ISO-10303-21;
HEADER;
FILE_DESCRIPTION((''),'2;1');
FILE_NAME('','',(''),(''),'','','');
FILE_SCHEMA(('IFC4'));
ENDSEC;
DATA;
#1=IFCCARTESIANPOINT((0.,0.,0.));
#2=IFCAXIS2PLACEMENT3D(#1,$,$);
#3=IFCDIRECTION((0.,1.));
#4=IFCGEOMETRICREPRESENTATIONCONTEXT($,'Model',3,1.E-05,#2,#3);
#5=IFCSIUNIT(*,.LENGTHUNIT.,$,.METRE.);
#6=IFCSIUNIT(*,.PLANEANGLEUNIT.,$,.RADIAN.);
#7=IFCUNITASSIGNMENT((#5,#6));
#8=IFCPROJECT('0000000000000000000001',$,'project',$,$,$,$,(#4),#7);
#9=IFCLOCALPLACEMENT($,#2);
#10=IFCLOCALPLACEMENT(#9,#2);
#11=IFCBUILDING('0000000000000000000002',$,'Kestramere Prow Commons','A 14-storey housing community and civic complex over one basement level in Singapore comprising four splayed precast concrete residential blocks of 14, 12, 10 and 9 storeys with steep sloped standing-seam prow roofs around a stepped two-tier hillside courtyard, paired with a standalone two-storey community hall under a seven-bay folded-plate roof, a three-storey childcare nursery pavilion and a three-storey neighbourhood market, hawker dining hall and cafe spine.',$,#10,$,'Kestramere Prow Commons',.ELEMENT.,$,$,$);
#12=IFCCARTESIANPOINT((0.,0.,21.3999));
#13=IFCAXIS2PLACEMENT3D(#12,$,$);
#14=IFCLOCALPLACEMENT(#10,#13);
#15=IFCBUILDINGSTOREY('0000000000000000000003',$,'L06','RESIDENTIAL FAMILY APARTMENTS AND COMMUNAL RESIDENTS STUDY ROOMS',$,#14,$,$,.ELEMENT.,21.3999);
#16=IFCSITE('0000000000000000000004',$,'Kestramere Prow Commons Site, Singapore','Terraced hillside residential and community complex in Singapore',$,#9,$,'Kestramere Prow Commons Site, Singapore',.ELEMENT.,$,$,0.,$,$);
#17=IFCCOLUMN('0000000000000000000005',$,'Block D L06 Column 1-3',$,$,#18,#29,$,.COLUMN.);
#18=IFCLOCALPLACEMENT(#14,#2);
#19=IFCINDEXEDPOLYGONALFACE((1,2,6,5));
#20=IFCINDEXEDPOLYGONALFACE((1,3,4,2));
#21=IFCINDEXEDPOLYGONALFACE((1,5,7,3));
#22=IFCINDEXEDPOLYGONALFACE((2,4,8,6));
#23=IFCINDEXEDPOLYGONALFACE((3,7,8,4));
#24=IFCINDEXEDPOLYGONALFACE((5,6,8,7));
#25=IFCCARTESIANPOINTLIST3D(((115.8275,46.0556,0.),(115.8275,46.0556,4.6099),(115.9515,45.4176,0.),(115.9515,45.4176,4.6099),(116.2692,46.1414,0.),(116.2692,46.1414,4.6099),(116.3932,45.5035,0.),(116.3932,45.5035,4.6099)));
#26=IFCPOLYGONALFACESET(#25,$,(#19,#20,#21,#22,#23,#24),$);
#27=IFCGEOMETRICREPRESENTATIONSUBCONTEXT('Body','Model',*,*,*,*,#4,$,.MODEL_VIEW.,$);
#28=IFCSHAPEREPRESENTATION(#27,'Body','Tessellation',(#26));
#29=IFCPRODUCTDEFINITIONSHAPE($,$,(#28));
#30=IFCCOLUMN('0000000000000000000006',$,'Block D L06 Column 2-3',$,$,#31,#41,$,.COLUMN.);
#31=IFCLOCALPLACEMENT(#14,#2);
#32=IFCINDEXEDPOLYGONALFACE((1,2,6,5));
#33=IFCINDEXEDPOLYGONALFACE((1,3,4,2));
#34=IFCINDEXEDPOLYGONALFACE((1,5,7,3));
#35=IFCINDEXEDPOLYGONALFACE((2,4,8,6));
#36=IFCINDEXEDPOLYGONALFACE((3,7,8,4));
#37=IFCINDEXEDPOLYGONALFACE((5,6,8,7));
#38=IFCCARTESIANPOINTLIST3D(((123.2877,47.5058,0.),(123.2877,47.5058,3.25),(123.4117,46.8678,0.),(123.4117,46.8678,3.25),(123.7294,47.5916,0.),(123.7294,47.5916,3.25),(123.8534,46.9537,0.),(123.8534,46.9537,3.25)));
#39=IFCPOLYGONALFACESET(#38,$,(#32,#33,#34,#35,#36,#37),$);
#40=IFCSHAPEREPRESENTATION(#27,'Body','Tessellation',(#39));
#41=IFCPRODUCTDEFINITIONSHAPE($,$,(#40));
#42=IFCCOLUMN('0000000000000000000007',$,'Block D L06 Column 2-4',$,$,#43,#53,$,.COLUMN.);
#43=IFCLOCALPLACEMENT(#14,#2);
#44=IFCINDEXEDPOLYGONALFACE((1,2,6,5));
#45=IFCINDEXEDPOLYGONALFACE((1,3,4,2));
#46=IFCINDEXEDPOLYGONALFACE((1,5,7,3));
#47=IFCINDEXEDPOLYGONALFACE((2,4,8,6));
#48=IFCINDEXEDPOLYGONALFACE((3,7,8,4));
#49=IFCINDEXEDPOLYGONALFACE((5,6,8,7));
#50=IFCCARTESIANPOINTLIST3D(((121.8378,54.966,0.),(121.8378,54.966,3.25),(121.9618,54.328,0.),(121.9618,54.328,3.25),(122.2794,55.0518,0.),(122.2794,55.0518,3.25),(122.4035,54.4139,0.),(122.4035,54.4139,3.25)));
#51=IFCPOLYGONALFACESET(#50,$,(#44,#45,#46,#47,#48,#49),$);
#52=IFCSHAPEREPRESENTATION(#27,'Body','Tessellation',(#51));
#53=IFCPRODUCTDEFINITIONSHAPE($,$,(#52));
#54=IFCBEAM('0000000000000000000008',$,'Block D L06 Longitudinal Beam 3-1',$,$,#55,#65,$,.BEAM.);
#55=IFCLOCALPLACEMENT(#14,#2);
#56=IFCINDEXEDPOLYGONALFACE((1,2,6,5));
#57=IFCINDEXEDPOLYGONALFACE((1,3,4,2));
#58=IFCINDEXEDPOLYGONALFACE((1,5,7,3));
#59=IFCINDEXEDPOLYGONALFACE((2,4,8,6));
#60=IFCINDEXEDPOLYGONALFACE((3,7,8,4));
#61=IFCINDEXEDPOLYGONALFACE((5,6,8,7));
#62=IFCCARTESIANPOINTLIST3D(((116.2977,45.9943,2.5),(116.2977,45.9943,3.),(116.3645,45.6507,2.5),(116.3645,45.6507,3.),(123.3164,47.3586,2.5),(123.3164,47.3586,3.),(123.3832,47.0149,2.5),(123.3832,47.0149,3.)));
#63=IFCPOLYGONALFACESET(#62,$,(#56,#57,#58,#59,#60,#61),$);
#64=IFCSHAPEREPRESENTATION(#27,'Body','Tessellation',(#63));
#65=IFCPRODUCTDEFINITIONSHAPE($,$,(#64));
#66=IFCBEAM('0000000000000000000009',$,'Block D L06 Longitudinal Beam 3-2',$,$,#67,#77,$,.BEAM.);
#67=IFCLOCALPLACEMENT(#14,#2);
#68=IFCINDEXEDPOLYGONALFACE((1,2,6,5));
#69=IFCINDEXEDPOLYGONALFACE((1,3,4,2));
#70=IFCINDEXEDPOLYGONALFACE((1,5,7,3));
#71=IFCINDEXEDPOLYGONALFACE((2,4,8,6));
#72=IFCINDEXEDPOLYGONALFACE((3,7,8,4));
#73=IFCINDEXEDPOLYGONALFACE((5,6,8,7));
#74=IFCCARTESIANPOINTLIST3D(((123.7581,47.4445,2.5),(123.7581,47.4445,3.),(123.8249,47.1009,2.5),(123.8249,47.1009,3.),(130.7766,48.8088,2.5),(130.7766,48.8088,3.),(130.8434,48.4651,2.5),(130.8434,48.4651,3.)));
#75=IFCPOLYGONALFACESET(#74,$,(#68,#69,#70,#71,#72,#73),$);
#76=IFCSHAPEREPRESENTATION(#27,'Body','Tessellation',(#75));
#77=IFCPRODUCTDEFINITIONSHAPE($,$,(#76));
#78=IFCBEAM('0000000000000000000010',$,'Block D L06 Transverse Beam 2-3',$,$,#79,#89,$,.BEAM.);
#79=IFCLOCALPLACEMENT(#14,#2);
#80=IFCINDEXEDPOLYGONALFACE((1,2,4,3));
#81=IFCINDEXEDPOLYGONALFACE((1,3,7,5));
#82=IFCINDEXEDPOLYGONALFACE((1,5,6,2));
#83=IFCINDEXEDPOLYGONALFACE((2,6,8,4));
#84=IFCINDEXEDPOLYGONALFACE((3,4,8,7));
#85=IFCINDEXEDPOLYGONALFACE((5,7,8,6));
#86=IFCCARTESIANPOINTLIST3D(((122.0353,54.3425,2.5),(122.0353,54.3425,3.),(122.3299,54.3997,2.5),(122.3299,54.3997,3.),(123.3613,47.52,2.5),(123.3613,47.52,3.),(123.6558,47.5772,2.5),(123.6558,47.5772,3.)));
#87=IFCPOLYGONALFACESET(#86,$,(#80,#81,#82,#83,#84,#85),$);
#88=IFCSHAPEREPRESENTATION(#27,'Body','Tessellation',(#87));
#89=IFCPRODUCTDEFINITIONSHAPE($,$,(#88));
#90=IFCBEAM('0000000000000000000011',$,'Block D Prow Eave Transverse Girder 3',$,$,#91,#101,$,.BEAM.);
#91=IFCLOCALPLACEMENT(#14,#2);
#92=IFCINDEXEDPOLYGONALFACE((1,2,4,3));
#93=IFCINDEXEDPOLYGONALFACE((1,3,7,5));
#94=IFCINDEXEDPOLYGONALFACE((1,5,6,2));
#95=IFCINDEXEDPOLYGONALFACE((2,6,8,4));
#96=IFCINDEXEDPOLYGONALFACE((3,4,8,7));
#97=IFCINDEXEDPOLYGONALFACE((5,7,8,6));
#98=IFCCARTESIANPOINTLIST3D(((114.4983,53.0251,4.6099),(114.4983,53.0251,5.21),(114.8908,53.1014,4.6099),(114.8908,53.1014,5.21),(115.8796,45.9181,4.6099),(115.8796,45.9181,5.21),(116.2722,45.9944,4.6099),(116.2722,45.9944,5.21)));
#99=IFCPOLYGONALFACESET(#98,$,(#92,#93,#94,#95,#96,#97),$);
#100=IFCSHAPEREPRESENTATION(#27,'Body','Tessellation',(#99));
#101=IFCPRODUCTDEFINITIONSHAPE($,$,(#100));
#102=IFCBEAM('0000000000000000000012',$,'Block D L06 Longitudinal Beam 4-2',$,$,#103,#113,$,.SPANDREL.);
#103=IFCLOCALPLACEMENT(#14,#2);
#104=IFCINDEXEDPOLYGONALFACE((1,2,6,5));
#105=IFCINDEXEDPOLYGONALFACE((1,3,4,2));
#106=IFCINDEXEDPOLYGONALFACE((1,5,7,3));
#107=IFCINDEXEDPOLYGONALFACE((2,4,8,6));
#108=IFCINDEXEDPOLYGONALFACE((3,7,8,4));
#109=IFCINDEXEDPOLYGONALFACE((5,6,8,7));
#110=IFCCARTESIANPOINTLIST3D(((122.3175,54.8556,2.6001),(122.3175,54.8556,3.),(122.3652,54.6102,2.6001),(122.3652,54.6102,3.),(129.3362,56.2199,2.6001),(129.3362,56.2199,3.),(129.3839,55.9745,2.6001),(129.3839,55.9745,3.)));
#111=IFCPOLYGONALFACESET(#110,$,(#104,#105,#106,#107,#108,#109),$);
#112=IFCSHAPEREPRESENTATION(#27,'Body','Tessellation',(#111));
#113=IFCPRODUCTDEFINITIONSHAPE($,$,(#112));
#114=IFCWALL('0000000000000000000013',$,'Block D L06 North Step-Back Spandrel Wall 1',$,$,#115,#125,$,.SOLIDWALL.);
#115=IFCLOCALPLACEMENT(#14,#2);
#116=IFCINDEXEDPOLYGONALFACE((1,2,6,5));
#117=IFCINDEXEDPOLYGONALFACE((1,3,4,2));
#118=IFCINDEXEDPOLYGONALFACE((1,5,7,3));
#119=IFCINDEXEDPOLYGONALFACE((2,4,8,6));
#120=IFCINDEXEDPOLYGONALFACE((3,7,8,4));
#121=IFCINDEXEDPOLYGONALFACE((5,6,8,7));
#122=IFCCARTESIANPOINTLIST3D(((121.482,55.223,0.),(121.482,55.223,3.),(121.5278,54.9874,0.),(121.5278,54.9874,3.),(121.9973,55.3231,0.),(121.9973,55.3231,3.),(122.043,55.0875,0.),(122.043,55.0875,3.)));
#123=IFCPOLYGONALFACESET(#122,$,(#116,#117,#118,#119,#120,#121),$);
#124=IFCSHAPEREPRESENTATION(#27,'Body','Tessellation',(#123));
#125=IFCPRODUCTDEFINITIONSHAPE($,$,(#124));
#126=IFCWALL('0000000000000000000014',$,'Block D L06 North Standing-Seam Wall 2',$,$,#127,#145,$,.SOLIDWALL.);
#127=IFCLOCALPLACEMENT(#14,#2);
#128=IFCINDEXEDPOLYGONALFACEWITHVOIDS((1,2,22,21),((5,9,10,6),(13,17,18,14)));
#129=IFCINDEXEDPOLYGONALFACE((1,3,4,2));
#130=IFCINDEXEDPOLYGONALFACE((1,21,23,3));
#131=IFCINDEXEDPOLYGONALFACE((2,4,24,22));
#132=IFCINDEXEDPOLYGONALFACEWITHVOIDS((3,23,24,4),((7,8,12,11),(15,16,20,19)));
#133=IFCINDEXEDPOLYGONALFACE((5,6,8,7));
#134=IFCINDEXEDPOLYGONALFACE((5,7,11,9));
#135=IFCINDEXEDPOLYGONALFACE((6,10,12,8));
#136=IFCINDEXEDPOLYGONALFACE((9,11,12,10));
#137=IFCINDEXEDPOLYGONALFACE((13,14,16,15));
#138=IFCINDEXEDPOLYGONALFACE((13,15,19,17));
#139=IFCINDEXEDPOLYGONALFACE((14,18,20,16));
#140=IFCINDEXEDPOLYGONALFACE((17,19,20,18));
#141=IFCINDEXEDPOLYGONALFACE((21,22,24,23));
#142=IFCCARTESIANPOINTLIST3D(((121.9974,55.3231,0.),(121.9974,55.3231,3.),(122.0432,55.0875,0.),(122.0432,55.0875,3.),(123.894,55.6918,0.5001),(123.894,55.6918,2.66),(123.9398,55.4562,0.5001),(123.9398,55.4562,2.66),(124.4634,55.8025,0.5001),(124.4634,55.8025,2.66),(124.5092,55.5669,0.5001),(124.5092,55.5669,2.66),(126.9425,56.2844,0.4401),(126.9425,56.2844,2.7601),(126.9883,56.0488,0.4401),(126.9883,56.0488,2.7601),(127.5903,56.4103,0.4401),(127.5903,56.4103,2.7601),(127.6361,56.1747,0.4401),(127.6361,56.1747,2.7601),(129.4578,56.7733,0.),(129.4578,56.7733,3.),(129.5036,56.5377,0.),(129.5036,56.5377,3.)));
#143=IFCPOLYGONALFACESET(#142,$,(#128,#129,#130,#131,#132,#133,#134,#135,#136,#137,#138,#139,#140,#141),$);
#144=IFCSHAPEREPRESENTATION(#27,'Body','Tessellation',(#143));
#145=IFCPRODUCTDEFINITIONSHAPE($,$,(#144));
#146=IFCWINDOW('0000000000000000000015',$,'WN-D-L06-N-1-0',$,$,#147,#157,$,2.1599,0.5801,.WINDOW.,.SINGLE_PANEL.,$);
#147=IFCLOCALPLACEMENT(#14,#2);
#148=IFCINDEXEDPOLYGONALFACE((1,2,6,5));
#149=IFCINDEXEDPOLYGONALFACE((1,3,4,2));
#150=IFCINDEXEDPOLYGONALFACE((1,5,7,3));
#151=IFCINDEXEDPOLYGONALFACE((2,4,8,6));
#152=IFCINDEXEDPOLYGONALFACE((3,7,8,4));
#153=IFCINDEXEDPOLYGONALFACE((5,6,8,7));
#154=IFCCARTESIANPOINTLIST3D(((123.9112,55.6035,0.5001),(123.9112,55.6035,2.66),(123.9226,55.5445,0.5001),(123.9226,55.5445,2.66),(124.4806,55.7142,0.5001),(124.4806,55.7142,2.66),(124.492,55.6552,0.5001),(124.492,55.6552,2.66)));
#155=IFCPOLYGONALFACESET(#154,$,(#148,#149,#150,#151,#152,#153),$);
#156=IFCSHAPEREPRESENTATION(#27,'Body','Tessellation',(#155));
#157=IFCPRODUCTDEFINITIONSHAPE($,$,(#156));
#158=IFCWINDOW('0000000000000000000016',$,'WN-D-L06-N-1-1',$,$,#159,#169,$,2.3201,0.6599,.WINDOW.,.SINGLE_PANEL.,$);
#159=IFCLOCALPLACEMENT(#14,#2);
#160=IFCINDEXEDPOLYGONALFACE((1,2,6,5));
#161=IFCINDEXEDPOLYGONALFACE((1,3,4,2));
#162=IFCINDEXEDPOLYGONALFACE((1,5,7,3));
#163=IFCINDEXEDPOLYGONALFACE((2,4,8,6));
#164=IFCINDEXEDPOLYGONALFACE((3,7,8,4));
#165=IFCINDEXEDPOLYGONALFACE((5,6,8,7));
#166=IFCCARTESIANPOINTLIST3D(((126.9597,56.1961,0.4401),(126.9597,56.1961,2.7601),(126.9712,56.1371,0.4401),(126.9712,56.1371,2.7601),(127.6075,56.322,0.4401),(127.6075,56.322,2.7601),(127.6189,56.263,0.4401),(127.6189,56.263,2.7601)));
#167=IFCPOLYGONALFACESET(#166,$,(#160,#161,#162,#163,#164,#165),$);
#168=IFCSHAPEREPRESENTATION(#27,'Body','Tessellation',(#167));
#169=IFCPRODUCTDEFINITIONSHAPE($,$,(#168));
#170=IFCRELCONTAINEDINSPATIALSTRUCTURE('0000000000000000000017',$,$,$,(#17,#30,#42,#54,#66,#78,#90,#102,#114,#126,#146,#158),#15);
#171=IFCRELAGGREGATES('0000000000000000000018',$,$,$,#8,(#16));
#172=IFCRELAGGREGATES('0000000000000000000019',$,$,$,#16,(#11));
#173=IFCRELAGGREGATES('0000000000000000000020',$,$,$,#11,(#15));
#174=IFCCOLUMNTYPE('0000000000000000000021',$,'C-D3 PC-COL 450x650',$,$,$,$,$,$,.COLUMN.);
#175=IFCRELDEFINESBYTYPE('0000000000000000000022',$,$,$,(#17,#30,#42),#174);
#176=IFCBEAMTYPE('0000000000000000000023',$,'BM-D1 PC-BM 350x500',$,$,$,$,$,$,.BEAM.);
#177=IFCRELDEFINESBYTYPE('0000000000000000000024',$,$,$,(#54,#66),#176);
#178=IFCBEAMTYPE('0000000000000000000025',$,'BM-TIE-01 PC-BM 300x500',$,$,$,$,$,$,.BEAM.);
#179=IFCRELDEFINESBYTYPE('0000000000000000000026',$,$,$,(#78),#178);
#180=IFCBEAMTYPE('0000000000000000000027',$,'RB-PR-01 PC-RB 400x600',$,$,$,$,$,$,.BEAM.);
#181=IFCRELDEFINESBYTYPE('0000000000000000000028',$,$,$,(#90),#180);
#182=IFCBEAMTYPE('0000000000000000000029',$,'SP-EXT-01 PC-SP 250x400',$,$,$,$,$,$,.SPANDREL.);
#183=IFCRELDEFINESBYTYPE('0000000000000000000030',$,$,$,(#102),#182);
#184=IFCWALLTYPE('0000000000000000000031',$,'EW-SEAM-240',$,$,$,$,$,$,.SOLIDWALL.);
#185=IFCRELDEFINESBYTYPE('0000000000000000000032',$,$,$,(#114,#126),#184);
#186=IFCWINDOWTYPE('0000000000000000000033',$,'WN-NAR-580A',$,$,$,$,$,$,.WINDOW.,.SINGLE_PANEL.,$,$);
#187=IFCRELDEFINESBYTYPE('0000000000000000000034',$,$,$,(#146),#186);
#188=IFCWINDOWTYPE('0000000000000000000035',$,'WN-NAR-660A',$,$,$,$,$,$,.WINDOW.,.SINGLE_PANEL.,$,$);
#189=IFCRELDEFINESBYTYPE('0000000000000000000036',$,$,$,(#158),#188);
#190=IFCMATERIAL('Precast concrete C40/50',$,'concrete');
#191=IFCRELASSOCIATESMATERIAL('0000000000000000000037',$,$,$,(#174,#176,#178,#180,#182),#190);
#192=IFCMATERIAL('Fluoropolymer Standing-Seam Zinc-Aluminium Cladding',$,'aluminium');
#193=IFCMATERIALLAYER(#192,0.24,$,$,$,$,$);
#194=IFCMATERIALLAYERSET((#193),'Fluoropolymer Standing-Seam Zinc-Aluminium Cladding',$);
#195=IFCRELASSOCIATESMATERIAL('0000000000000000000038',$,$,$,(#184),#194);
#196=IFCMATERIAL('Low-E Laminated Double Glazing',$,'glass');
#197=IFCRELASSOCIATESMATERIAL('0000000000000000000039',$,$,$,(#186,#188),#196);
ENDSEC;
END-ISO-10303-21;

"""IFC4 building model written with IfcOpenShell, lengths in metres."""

from ifc_helpers import new_model, si_unit, direction, frame, frame_2d, origin, origin_2d, place, context, subcontext, project, spatial, rectangle, extrude, material, layer, layer_set, material_profile, profile_set, type_object, element, fill, save


model = new_model("IFC4")

# Units and contexts
model_context = context("Model", 3, precision=1e-05, world=origin(), true_north=direction((0.0, 1.0)))
body_context = subcontext(model_context, "Body", "Model", "MODEL_VIEW")
ifc_project = project(units=[si_unit("LENGTHUNIT", "METRE"), si_unit("PLANEANGLEUNIT", "RADIAN")], contexts=[model_context])

# Site, building, storey
site_placement = place(None, origin())
site = spatial("IfcSite", under=ifc_project, at=site_placement, Name="Kestramere Prow Commons Site, Singapore", Description="Terraced hillside residential and community complex in Singapore", LongName="Kestramere Prow Commons Site, Singapore", CompositionType="ELEMENT", RefElevation=0.0)
building_placement = place(site_placement, origin())
building = spatial("IfcBuilding", under=site, at=building_placement, Name="Kestramere Prow Commons", Description="A 14-storey housing community and civic complex over one basement level in Singapore comprising four splayed precast concrete residential blocks of 14, 12, 10 and 9 storeys with steep sloped standing-seam prow roofs around a stepped two-tier hillside courtyard, paired with a standalone two-storey community hall under a seven-bay folded-plate roof, a three-storey childcare nursery pavilion and a three-storey neighbourhood market, hawker dining hall and cafe spine.", LongName="Kestramere Prow Commons", CompositionType="ELEMENT")
storey_placement = place(building_placement, frame((0.0, 0.0, 21.3999)))
storey = spatial("IfcBuildingStorey", under=building, at=storey_placement, Name="L06", Description="RESIDENTIAL FAMILY APARTMENTS AND COMMUNAL RESIDENTS STUDY ROOMS", CompositionType="ELEMENT", Elevation=21.3999)

# Columns
ifc_material_1 = material(Name="Precast concrete C40/50", Category="concrete")
ifc_material_profile_1 = material_profile(ifc_material_1, rectangle(XDim=0.45, YDim=0.6499, at=origin_2d()), Name="PC-COL 450x650")
ifc_profile_set_1 = profile_set([ifc_material_profile_1], Name="Precast concrete C40/50")
column_type = type_object("IfcColumnType", Name="C-D3 PC-COL 450x650", PredefinedType="COLUMN", material=ifc_profile_set_1)
column_placement = place(storey_placement, frame((116.1104, 45.7795, 0.0), z_axis=(0.0, 0.0, 1.0), x_axis=(0.981627, 0.190809, 0.0)))
element("IfcColumn", 1, at=column_placement, inside=storey, type_object=column_type, Name="Block D L06 Column 1-3", PredefinedType="COLUMN", context=body_context, shape_type="SweptSolid", body=[
    extrude(rectangle(XDim=0.45, YDim=0.6499, at=origin_2d()), origin(), (0.0, 0.0, 1.0), 4.6099),
])
for number, where, z_axis, x_axis, name in (
    (2, (123.5706, 47.2297, 0.0), (0.0, 0.0, 1.0), (0.981627, 0.190809, 0.0), "Block D L06 Column 2-3"),
    (3, (122.1206, 54.6899, 0.0), (0.0, 0.0, 1.0), (0.981627, 0.190809, 0.0), "Block D L06 Column 2-4"),
):
    element("IfcColumn", number, at=place(storey_placement, frame(where, z_axis=z_axis, x_axis=x_axis)), inside=storey, type_object=column_type, Name=name, PredefinedType="COLUMN", context=body_context, shape_type="SweptSolid", body=[
        extrude(rectangle(XDim=0.45, YDim=0.6499, at=origin_2d()), origin(), (0.0, 0.0, 1.0), 3.25),
    ])

# Beams
ifc_material_profile_2 = material_profile(ifc_material_1, rectangle(XDim=0.3501, YDim=0.5, at=origin_2d()), Name="PC-BM 350x500")
ifc_profile_set_2 = profile_set([ifc_material_profile_2], Name="Precast concrete C40/50")
beam_type_1 = type_object("IfcBeamType", Name="BM-D1 PC-BM 350x500", PredefinedType="BEAM", material=ifc_profile_set_2)
beam_1_placement = place(storey_placement, frame((116.3311, 45.8225, 2.75), z_axis=(0.981629, 0.190801, 0.0), x_axis=(-0.190801, 0.981629, 0.0)))
element("IfcBeam", 4, at=beam_1_placement, inside=storey, type_object=beam_type_1, Name="Block D L06 Longitudinal Beam 3-1", PredefinedType="BEAM", context=body_context, shape_type="SweptSolid", body=[
    extrude(rectangle(XDim=0.3501, YDim=0.5, at=origin_2d()), origin(), (0.0, 0.0, 1.0), 7.1501),
])
beam_2_placement = place(storey_placement, frame((123.7915, 47.2727, 2.75), z_axis=(0.981627, 0.190808, 0.0), x_axis=(-0.190808, 0.981627, 0.0)))
element("IfcBeam", 5, at=beam_2_placement, inside=storey, type_object=beam_type_1, Name="Block D L06 Longitudinal Beam 3-2", PredefinedType="BEAM", context=body_context, shape_type="SweptSolid", body=[
    extrude(rectangle(XDim=0.3501, YDim=0.5, at=origin_2d()), origin(), (0.0, 0.0, 1.0), 7.1499),
])
ifc_material_profile_3 = material_profile(ifc_material_1, rectangle(XDim=0.3, YDim=0.5, at=origin_2d()), Name="PC-BM 300x500")
ifc_profile_set_3 = profile_set([ifc_material_profile_3], Name="Precast concrete C40/50")
beam_type_2 = type_object("IfcBeamType", Name="BM-TIE-01 PC-BM 300x500", PredefinedType="BEAM", material=ifc_profile_set_3)
beam_3_placement = place(storey_placement, frame((123.5085, 47.5486, 2.75), z_axis=(-0.190777, 0.981633, 0.0), x_axis=(-0.981633, -0.190777, 0.0)))
element("IfcBeam", 6, at=beam_3_placement, inside=storey, type_object=beam_type_2, Name="Block D L06 Transverse Beam 2-3", PredefinedType="BEAM", context=body_context, shape_type="SweptSolid", body=[
    extrude(rectangle(XDim=0.3, YDim=0.5, at=origin_2d()), origin(), (0.0, 0.0, 1.0), 6.9502),
])
ifc_material_profile_4 = material_profile(ifc_material_1, rectangle(XDim=0.3999, YDim=0.6001, at=origin_2d()), Name="PC-RB 400x600")
ifc_profile_set_4 = profile_set([ifc_material_profile_4], Name="Precast concrete C40/50")
beam_type_3 = type_object("IfcBeamType", Name="RB-PR-01 PC-RB 400x600", PredefinedType="BEAM", material=ifc_profile_set_4)
beam_4_placement = place(storey_placement, frame((116.0759, 45.9563, 4.9099), z_axis=(-0.190796, 0.98163, 0.0), x_axis=(-0.98163, -0.190796, 0.0)))
element("IfcBeam", 7, at=beam_4_placement, inside=storey, type_object=beam_type_3, Name="Block D Prow Eave Transverse Girder 3", PredefinedType="BEAM", context=body_context, shape_type="SweptSolid", body=[
    extrude(rectangle(XDim=0.3999, YDim=0.6001, at=origin_2d()), origin(), (0.0, 0.0, 1.0), 7.24),
])
ifc_material_profile_5 = material_profile(ifc_material_1, rectangle(XDim=0.25, YDim=0.3999, at=origin_2d()), Name="PC-SP 250x400")
ifc_profile_set_5 = profile_set([ifc_material_profile_5], Name="Precast concrete C40/50")
beam_type_4 = type_object("IfcBeamType", Name="SP-EXT-01 PC-SP 250x400", PredefinedType="SPANDREL", material=ifc_profile_set_5)
beam_5_placement = place(storey_placement, frame((122.3413, 54.7329, 2.8), z_axis=(0.981629, 0.190801, 0.0), x_axis=(-0.190801, 0.981629, 0.0)))
element("IfcBeam", 8, at=beam_5_placement, inside=storey, type_object=beam_type_4, Name="Block D L06 Longitudinal Beam 4-2", PredefinedType="SPANDREL", context=body_context, shape_type="SweptSolid", body=[
    extrude(rectangle(XDim=0.25, YDim=0.3999, at=origin_2d()), origin(), (0.0, 0.0, 1.0), 7.1501),
])

# Wall
ifc_material_2 = material(Name="Fluoropolymer Standing-Seam Zinc-Aluminium Cladding", Category="aluminium")
ifc_layer_1 = layer(ifc_material_2, 0.24)
ifc_layer_set_1 = layer_set([ifc_layer_1], Name="Fluoropolymer Standing-Seam Zinc-Aluminium Cladding")
wall_type_1 = type_object("IfcWallType", Name="EW-SEAM-240", PredefinedType="SOLIDWALL", material=ifc_layer_set_1)
wall_1_placement = place(storey_placement, frame((121.5049, 55.1052, 0.0), z_axis=(0.0, 0.0, 1.0), x_axis=(0.981657, 0.190658, 0.0)))
element("IfcWall", 9, at=wall_1_placement, inside=storey, type_object=wall_type_1, Name="Block D L06 North Step-Back Spandrel Wall 1", PredefinedType="SOLIDWALL", context=body_context, shape_type="SweptSolid", body=[
    extrude(rectangle(XDim=0.5249, YDim=0.24, at=frame_2d((0.2625, 0.0))), origin(), (0.0, 0.0, 1.0), 3.0),
])

# Wall, openings, windows
wall_2_placement = place(storey_placement, frame((122.0203, 55.2053, 0.0), z_axis=(0.0, 0.0, 1.0), x_axis=(0.981626, 0.190813, 0.0)))
wall_2 = element("IfcWall", 10, at=wall_2_placement, inside=storey, type_object=wall_type_1, Name="Block D L06 North Standing-Seam Wall 2", PredefinedType="SOLIDWALL", context=body_context, shape_type="SweptSolid", body=[
    extrude(rectangle(XDim=7.6001, YDim=0.24, at=frame_2d((3.8, 0.0))), origin(), (0.0, 0.0, 1.0), 3.0),
])
opening_1_placement = place(wall_2_placement, frame((1.9321, 0.0, 0.5)))
opening_1 = element("IfcOpeningElement", 11, at=opening_1_placement, cuts=wall_2, PredefinedType="OPENING", context=body_context, shape_type="SweptSolid", body=[
    extrude(rectangle(XDim=0.5801, YDim=2.1599, at=frame_2d((0.29, 1.0801))), frame((0.0, 0.135, 0.0), z_axis=(0.0, -1.0, 0.0), x_axis=(1.0, 0.0, 0.0)), (0.0, 0.0, 1.0), 0.27),
])
opening_2_placement = place(wall_2_placement, frame((5.0376, 0.0, 0.4399)))
opening_2 = element("IfcOpeningElement", 12, at=opening_2_placement, cuts=wall_2, PredefinedType="OPENING", context=body_context, shape_type="SweptSolid", body=[
    extrude(rectangle(XDim=0.6599, YDim=2.3201, at=frame_2d((0.3301, 1.1602))), frame((0.0, 0.135, 0.0), z_axis=(0.0, -1.0, 0.0), x_axis=(1.0, 0.0, 0.0)), (0.0, 0.0, 1.0), 0.27),
])
ifc_material_3 = material(Name="Low-E Laminated Double Glazing", Category="glass")
window_type_1 = type_object("IfcWindowType", Name="WN-NAR-580A", PartitioningType="SINGLE_PANEL", PredefinedType="WINDOW", material=ifc_material_3)
window_1_placement = place(opening_1_placement, origin())
window_1 = element("IfcWindow", 13, at=window_1_placement, inside=storey, type_object=window_type_1, Name="WN-D-L06-N-1-0", OverallHeight=2.1599, OverallWidth=0.5801, PartitioningType="SINGLE_PANEL", PredefinedType="WINDOW", context=body_context, shape_type="SweptSolid", body=[
    extrude(rectangle(XDim=0.5801, YDim=2.1599, at=frame_2d((0.29, 1.0801))), frame((0.0, 0.03, 0.0), z_axis=(0.0, -1.0, 0.0), x_axis=(1.0, 0.0, 0.0)), (0.0, 0.0, 1.0), 0.0601),
])
fill(opening_1, window_1)
window_type_2 = type_object("IfcWindowType", Name="WN-NAR-660A", PartitioningType="SINGLE_PANEL", PredefinedType="WINDOW", material=ifc_material_3)
window_2_placement = place(opening_2_placement, origin())
window_2 = element("IfcWindow", 14, at=window_2_placement, inside=storey, type_object=window_type_2, Name="WN-D-L06-N-1-1", OverallHeight=2.3201, OverallWidth=0.6599, PartitioningType="SINGLE_PANEL", PredefinedType="WINDOW", context=body_context, shape_type="SweptSolid", body=[
    extrude(rectangle(XDim=0.6599, YDim=2.3201, at=frame_2d((0.3301, 1.1602))), frame((0.0, 0.03, 0.0), z_axis=(0.0, -1.0, 0.0), x_axis=(1.0, 0.0, 0.0)), (0.0, 0.0, 1.0), 0.0601),
])
fill(opening_2, window_2)

save(model, "model.ifc")
